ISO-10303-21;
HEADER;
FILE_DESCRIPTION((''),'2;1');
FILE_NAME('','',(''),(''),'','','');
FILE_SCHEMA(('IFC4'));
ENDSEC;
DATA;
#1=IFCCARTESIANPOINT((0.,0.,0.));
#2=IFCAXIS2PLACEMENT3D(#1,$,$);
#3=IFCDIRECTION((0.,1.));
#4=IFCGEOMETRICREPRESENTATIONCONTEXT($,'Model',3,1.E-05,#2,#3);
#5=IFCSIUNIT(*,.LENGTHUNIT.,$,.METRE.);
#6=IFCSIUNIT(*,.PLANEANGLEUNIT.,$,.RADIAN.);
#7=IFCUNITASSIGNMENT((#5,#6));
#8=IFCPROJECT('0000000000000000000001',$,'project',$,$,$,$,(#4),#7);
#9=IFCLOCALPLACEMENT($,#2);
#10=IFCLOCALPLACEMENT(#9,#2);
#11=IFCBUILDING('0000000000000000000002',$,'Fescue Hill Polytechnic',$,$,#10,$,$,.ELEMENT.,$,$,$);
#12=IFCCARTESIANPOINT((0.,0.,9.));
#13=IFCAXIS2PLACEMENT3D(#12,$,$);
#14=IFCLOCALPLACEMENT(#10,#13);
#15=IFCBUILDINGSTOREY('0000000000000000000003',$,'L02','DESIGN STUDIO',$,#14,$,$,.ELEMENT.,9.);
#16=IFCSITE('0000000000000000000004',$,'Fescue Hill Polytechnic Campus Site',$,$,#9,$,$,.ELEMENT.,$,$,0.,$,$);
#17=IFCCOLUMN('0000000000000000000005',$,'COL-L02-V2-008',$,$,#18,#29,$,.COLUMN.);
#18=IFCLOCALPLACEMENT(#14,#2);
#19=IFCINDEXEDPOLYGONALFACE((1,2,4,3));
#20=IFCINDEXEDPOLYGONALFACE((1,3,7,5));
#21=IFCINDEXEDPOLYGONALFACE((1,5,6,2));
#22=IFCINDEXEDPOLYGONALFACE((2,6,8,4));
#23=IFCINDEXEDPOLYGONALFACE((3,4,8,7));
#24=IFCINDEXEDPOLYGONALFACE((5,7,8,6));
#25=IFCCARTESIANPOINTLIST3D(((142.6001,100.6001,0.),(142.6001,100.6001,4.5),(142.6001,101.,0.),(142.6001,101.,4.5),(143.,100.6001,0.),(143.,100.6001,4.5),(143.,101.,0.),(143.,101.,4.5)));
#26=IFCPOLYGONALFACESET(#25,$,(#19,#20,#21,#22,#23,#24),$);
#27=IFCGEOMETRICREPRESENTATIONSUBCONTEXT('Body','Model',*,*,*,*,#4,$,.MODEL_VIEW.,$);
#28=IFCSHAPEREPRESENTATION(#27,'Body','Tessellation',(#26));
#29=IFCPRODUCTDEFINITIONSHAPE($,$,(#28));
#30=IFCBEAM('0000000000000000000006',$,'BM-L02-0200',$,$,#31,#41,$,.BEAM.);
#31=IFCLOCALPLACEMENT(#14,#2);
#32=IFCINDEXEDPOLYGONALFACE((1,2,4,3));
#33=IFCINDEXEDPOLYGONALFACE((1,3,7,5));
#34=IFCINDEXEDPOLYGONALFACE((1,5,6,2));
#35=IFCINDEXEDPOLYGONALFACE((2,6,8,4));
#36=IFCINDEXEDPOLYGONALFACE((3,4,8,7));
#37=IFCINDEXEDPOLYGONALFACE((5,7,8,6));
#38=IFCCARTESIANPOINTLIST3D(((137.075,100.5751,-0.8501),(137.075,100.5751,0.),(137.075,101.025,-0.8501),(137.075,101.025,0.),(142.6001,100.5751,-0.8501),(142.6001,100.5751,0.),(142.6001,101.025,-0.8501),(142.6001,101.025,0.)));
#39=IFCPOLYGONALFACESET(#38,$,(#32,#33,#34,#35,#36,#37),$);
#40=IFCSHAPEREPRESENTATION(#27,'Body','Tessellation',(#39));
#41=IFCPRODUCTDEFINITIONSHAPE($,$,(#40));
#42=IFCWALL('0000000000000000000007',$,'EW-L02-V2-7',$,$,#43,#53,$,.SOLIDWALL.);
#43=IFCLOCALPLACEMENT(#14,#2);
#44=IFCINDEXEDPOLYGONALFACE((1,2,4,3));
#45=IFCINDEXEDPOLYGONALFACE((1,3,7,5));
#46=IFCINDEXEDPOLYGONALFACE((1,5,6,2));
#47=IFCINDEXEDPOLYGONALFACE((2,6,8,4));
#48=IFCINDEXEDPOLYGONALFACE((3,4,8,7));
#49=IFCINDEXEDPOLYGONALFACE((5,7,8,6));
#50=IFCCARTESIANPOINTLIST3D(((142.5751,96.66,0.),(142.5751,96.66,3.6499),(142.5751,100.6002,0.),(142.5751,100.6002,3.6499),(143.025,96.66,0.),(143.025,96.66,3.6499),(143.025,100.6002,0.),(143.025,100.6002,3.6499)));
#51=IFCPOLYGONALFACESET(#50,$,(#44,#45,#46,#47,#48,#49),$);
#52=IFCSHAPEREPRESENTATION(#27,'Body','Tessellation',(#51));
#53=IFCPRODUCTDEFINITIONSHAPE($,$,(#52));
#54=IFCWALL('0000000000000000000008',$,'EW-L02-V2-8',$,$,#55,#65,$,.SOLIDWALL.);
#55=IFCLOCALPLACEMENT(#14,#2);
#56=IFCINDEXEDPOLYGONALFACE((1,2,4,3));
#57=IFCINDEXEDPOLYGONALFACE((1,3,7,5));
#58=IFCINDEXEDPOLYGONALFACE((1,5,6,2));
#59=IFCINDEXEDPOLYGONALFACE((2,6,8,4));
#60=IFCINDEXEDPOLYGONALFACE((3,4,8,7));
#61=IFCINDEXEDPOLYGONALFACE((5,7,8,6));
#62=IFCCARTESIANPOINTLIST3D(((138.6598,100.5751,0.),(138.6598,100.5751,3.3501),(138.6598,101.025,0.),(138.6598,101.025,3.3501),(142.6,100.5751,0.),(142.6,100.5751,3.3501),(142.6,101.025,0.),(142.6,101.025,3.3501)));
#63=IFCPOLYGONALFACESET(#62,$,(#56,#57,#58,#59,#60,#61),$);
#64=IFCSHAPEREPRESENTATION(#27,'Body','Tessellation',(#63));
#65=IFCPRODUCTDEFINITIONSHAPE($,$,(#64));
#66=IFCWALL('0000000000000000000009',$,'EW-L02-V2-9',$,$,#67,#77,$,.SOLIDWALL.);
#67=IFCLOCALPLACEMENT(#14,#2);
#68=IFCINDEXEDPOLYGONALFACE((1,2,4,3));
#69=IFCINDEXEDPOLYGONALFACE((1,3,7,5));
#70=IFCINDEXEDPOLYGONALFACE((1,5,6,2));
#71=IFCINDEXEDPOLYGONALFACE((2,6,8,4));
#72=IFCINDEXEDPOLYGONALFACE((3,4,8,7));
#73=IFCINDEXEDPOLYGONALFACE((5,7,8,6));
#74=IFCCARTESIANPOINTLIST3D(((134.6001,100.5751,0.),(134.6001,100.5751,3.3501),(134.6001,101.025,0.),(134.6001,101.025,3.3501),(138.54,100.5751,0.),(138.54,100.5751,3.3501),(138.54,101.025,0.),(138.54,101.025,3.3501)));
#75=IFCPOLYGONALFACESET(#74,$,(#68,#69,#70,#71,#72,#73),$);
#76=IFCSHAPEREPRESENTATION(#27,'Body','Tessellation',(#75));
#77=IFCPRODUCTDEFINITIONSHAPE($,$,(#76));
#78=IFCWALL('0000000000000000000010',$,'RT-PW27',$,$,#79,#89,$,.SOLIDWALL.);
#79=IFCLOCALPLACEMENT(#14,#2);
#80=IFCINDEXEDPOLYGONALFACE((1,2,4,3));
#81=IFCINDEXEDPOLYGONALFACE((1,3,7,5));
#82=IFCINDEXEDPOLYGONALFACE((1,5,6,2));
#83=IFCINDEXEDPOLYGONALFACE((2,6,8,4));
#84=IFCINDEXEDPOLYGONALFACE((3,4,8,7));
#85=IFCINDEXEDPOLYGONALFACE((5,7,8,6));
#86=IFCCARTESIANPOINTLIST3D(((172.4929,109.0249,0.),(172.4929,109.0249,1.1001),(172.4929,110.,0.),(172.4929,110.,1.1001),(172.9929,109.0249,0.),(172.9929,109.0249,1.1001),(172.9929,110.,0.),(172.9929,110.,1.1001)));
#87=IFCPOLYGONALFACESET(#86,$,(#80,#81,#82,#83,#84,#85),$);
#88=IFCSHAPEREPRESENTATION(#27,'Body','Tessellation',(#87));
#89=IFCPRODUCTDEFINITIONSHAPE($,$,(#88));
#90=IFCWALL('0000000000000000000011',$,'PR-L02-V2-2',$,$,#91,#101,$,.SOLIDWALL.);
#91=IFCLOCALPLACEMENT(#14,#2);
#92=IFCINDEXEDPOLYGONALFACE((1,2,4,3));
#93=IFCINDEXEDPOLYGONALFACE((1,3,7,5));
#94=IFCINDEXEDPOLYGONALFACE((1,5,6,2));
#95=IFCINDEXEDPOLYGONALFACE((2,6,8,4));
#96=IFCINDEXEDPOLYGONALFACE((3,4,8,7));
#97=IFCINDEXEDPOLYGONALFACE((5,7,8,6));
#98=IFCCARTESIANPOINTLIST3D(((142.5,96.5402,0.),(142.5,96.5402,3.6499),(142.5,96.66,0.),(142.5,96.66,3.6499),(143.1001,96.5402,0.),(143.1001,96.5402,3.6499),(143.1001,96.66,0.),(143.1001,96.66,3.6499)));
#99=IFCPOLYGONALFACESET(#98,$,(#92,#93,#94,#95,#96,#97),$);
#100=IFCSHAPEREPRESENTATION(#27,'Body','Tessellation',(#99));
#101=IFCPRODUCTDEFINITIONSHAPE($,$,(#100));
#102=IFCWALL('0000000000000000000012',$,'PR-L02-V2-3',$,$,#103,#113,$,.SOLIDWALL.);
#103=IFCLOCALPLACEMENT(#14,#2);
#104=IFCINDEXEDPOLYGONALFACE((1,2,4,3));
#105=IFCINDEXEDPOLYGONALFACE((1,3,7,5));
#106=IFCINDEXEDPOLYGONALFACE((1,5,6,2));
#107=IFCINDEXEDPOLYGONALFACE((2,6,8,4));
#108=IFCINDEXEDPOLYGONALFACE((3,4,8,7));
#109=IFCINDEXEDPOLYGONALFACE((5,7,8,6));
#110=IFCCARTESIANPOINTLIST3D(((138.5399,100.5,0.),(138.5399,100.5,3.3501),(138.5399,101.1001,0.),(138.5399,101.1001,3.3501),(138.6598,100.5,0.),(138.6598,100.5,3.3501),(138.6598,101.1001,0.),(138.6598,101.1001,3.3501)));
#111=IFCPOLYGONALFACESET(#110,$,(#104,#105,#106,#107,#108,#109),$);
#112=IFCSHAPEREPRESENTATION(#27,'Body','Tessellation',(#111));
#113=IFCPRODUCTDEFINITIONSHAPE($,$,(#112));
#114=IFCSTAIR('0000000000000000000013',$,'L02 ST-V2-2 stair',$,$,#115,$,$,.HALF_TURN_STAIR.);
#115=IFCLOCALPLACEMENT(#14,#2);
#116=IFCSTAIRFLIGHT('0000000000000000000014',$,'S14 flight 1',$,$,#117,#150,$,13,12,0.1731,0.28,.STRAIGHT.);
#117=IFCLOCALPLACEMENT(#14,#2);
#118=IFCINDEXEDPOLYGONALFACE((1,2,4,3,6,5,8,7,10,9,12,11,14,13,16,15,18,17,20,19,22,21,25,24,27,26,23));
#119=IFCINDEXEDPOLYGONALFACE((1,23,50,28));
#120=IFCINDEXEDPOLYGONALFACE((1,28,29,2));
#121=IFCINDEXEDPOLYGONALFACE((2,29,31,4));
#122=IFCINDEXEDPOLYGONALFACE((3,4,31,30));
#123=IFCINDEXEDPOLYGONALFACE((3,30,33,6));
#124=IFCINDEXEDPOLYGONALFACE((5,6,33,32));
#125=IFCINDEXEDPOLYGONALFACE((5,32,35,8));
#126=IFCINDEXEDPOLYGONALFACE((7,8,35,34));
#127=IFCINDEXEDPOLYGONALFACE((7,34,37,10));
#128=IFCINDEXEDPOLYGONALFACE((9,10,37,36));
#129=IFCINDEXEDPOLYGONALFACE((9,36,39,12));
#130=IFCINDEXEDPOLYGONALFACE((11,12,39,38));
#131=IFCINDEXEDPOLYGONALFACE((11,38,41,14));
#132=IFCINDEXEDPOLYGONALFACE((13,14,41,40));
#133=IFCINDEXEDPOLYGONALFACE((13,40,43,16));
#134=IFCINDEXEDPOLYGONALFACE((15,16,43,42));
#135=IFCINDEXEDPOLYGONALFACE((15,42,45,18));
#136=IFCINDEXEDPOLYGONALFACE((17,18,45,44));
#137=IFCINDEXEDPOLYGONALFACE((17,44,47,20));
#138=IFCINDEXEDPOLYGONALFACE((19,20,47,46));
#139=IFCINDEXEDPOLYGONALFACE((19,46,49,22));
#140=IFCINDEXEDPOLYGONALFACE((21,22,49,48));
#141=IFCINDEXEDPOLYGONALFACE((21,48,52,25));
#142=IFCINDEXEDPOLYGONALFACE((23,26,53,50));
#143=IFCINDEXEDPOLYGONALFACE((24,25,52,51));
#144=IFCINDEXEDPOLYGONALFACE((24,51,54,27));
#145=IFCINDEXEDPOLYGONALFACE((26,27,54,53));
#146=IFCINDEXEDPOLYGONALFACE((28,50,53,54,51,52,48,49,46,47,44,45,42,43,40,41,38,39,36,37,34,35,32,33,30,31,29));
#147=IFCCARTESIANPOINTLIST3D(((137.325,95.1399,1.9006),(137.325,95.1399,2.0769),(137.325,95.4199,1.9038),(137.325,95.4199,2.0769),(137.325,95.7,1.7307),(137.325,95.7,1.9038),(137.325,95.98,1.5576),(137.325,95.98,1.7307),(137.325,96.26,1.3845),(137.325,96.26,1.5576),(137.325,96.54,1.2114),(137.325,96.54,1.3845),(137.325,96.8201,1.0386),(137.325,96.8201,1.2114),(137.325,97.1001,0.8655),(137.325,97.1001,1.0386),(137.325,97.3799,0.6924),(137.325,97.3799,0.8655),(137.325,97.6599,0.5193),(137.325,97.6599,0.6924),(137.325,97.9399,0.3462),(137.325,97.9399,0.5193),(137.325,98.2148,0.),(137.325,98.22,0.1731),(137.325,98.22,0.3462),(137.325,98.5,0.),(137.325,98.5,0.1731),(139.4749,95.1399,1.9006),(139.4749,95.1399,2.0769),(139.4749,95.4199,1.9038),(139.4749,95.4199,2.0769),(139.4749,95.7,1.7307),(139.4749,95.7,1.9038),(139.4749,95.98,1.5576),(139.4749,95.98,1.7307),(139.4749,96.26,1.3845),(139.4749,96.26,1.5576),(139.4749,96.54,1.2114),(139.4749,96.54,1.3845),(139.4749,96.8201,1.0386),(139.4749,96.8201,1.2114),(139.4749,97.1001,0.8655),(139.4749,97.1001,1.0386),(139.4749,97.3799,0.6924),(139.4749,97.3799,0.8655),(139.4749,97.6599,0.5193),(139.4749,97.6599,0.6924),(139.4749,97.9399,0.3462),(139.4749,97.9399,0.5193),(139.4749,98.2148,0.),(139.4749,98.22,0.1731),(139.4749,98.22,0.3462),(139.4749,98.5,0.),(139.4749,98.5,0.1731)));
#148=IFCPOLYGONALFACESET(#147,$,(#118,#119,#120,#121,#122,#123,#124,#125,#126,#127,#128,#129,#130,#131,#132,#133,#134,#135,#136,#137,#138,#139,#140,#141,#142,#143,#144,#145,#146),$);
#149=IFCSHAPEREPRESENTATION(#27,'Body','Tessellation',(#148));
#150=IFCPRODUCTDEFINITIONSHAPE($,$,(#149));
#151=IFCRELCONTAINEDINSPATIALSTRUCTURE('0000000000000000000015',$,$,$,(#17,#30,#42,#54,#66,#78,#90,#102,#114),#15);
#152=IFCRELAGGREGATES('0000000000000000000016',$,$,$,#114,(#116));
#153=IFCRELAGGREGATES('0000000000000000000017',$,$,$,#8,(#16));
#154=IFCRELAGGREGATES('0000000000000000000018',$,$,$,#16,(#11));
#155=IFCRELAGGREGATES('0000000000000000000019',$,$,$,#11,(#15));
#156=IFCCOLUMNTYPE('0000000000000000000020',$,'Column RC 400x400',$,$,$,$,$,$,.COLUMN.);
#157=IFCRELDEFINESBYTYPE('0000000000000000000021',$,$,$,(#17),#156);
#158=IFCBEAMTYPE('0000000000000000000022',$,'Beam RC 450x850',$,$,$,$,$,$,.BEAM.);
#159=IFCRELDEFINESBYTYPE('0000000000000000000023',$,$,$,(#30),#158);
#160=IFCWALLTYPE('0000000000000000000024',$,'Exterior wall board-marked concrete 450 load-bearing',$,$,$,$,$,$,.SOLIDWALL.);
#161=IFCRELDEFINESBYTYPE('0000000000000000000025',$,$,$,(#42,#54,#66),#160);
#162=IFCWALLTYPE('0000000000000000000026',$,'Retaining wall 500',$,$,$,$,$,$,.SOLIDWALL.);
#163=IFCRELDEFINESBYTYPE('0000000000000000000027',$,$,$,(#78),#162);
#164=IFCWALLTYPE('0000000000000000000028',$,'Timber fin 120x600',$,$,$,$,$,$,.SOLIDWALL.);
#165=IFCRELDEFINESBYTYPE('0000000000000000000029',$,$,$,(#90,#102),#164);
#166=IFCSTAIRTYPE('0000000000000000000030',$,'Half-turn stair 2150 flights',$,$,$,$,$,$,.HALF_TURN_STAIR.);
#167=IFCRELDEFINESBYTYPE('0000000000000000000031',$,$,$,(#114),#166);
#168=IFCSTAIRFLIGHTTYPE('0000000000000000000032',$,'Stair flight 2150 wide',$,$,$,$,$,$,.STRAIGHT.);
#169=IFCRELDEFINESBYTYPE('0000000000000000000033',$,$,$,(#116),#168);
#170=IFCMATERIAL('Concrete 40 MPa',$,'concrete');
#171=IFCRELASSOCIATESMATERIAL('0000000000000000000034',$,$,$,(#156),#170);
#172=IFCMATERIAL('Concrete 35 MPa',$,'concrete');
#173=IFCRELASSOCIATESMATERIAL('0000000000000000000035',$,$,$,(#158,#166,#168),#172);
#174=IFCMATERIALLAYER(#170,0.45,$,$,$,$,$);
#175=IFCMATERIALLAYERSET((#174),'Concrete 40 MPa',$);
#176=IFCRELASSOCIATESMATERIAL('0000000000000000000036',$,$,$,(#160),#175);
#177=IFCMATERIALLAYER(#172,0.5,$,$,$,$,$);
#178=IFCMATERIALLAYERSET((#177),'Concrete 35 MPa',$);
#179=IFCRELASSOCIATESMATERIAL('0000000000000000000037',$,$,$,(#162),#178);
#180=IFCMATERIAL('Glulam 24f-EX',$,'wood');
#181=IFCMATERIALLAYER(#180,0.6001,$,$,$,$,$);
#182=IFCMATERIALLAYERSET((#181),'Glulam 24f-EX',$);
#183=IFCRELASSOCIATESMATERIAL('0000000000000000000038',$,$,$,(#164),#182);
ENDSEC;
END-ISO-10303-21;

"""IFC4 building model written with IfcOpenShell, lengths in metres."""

from ifc_helpers import new_model, si_unit, direction, frame, frame_2d, origin, origin_2d, place, context, subcontext, project, spatial, polyline, rectangle, outline, extrude, material, layer, layer_set, material_profile, profile_set, type_object, element, aggregate, save


model = new_model("IFC4")

# Units and contexts
model_context = context("Model", 3, precision=1e-05, world=origin(), true_north=direction((0.0, 1.0)))
body_context = subcontext(model_context, "Body", "Model", "MODEL_VIEW")
ifc_project = project(units=[si_unit("LENGTHUNIT", "METRE"), si_unit("PLANEANGLEUNIT", "RADIAN")], contexts=[model_context])

# Site, building, storey
site_placement = place(None, origin())
site = spatial("IfcSite", under=ifc_project, at=site_placement, Name="Fescue Hill Polytechnic Campus Site", CompositionType="ELEMENT", RefElevation=0.0)
building_placement = place(site_placement, origin())
building = spatial("IfcBuilding", under=site, at=building_placement, Name="Fescue Hill Polytechnic", CompositionType="ELEMENT")
storey_placement = place(building_placement, frame((0.0, 0.0, 9.0)))
storey = spatial("IfcBuildingStorey", under=building, at=storey_placement, Name="L02", Description="DESIGN STUDIO", CompositionType="ELEMENT", Elevation=9.0)

# Column
ifc_material_1 = material(Name="Concrete 40 MPa", Category="concrete")
ifc_material_profile_1 = material_profile(ifc_material_1, rectangle(XDim=0.3999, YDim=0.3999, at=origin_2d()), Name="RC 400x400")
ifc_profile_set_1 = profile_set([ifc_material_profile_1], Name="Concrete 40 MPa")
column_type = type_object("IfcColumnType", Name="Column RC 400x400", PredefinedType="COLUMN", material=ifc_profile_set_1)
column_placement = place(storey_placement, frame((142.8, 100.8, 0.0), z_axis=(0.0, 0.0, 1.0), x_axis=(1.0, 0.0, 0.0)))
element("IfcColumn", 1, at=column_placement, inside=storey, type_object=column_type, Name="COL-L02-V2-008", PredefinedType="COLUMN", context=body_context, shape_type="SweptSolid", body=[
    extrude(rectangle(XDim=0.3999, YDim=0.3999, at=origin_2d()), origin(), (0.0, 0.0, 1.0), 4.5),
])

# Beam
ifc_material_2 = material(Name="Concrete 35 MPa", Category="concrete")
ifc_material_profile_2 = material_profile(ifc_material_2, rectangle(XDim=0.45, YDim=0.8501, at=origin_2d()), Name="RC 450x850")
ifc_profile_set_2 = profile_set([ifc_material_profile_2], Name="Concrete 35 MPa")
beam_type = type_object("IfcBeamType", Name="Beam RC 450x850", PredefinedType="BEAM", material=ifc_profile_set_2)
beam_placement = place(storey_placement, frame((137.075, 100.8, -0.425), z_axis=(1.0, 0.0, 0.0), x_axis=(0.0, 1.0, 0.0)))
element("IfcBeam", 2, at=beam_placement, inside=storey, type_object=beam_type, Name="BM-L02-0200", PredefinedType="BEAM", context=body_context, shape_type="SweptSolid", body=[
    extrude(rectangle(XDim=0.45, YDim=0.8501, at=origin_2d()), origin(), (0.0, 0.0, 1.0), 5.5251),
])

# Walls
ifc_layer_1 = layer(ifc_material_1, 0.45)
ifc_layer_set_1 = layer_set([ifc_layer_1], Name="Concrete 40 MPa")
wall_type_1 = type_object("IfcWallType", Name="Exterior wall board-marked concrete 450 load-bearing", PredefinedType="SOLIDWALL", material=ifc_layer_set_1)
wall_1_placement = place(storey_placement, frame((142.8, 96.6599, 0.0), z_axis=(0.0, 0.0, 1.0), x_axis=(0.0, 1.0, 0.0)))
element("IfcWall", 3, at=wall_1_placement, inside=storey, type_object=wall_type_1, Name="EW-L02-V2-7", PredefinedType="SOLIDWALL", context=body_context, shape_type="SweptSolid", body=[
    extrude(rectangle(XDim=3.9402, YDim=0.45, at=frame_2d((1.9702, 0.0))), origin(), (0.0, 0.0, 1.0), 3.6499),
])
wall_2_placement = place(storey_placement, frame((142.6001, 100.8, 0.0), z_axis=(0.0, 0.0, 1.0), x_axis=(-1.0, 0.0, 0.0)))
element("IfcWall", 4, at=wall_2_placement, inside=storey, type_object=wall_type_1, Name="EW-L02-V2-8", PredefinedType="SOLIDWALL", context=body_context, shape_type="SweptSolid", body=[
    extrude(rectangle(XDim=3.9402, YDim=0.45, at=frame_2d((1.9702, 0.0))), origin(), (0.0, 0.0, 1.0), 3.3501),
])
wall_3_placement = place(storey_placement, frame((138.54, 100.8, 0.0), z_axis=(0.0, 0.0, 1.0), x_axis=(-1.0, 0.0, 0.0)))
element("IfcWall", 5, at=wall_3_placement, inside=storey, type_object=wall_type_1, Name="EW-L02-V2-9", PredefinedType="SOLIDWALL", context=body_context, shape_type="SweptSolid", body=[
    extrude(rectangle(XDim=3.9399, YDim=0.45, at=frame_2d((1.97, 0.0))), origin(), (0.0, 0.0, 1.0), 3.3501),
])
ifc_layer_2 = layer(ifc_material_2, 0.5)
ifc_layer_set_2 = layer_set([ifc_layer_2], Name="Concrete 35 MPa")
wall_type_2 = type_object("IfcWallType", Name="Retaining wall 500", PredefinedType="SOLIDWALL", material=ifc_layer_set_2)
wall_4_placement = place(storey_placement, frame((172.7429, 109.0249, 0.0), z_axis=(0.0, 0.0, 1.0), x_axis=(0.0, 1.0, 0.0)))
element("IfcWall", 6, at=wall_4_placement, inside=storey, type_object=wall_type_2, Name="RT-PW27", PredefinedType="SOLIDWALL", context=body_context, shape_type="SweptSolid", body=[
    extrude(rectangle(XDim=0.9751, YDim=0.5, at=frame_2d((0.4875, 0.0))), origin(), (0.0, 0.0, 1.0), 1.1001),
])
ifc_material_3 = material(Name="Glulam 24f-EX", Category="wood")
ifc_layer_3 = layer(ifc_material_3, 0.6001)
ifc_layer_set_3 = layer_set([ifc_layer_3], Name="Glulam 24f-EX")
wall_type_3 = type_object("IfcWallType", Name="Timber fin 120x600", PredefinedType="SOLIDWALL", material=ifc_layer_set_3)
wall_5_placement = place(storey_placement, frame((142.8, 96.54, 0.0), z_axis=(0.0, 0.0, 1.0), x_axis=(0.0, 1.0, 0.0)))
element("IfcWall", 7, at=wall_5_placement, inside=storey, type_object=wall_type_3, Name="PR-L02-V2-2", PredefinedType="SOLIDWALL", context=body_context, shape_type="SweptSolid", body=[
    extrude(rectangle(XDim=0.1199, YDim=0.6001, at=frame_2d((0.0601, 0.0))), origin(), (0.0, 0.0, 1.0), 3.6499),
])
wall_6_placement = place(storey_placement, frame((138.6599, 100.8, 0.0), z_axis=(0.0, 0.0, 1.0), x_axis=(-1.0, 0.0, 0.0)))
element("IfcWall", 8, at=wall_6_placement, inside=storey, type_object=wall_type_3, Name="PR-L02-V2-3", PredefinedType="SOLIDWALL", context=body_context, shape_type="SweptSolid", body=[
    extrude(rectangle(XDim=0.1199, YDim=0.6001, at=frame_2d((0.0601, 0.0))), origin(), (0.0, 0.0, 1.0), 3.3501),
])

# Stair, stair flight
stair_type = type_object("IfcStairType", Name="Half-turn stair 2150 flights", PredefinedType="HALF_TURN_STAIR", material=ifc_material_2)
stair_placement = place(storey_placement, origin())
stair = element("IfcStair", 9, at=stair_placement, inside=storey, type_object=stair_type, Name="L02 ST-V2-2 stair", PredefinedType="HALF_TURN_STAIR")
stair_flight_type = type_object("IfcStairFlightType", Name="Stair flight 2150 wide", PredefinedType="STRAIGHT", material=ifc_material_2)
stair_flight_1_placement = place(storey_placement, frame((138.3999, 98.5, 0.0), z_axis=(0.0, 0.0, 1.0), x_axis=(0.0, -1.0, 0.0)))
stair_flight_1 = element("IfcStairFlight", 10, at=stair_flight_1_placement, type_object=stair_flight_type, Name="S14 flight 1", NumberOfRisers=13, NumberOfTreads=12, PredefinedType="STRAIGHT", RiserHeight=0.1731, TreadLength=0.28, context=body_context, shape_type="SweptSolid", body=[
    extrude(outline(polyline([(0.0, 0.0), (0.0, 0.1731), (0.28, 0.1731), (0.28, 0.3462), (0.5601, 0.3462), (0.5601, 0.5193), (0.8401, 0.5193), (0.8401, 0.6924), (1.1201, 0.6924), (1.1201, 0.8655), (1.3999, 0.8655), (1.3999, 1.0386), (1.6799, 1.0386), (1.6799, 1.2114), (1.96, 1.2114), (1.96, 1.3845), (2.24, 1.3845), (2.24, 1.5576), (2.52, 1.5576), (2.52, 1.7307), (2.8, 1.7307), (2.8, 1.9038), (3.0801, 1.9038), (3.0801, 2.0769), (3.3601, 2.0769), (3.3601, 2.25), (3.3601, 1.9006), (0.2852, 0.0), (0.0, 0.0)])), frame((0.0, 1.075, 0.0), z_axis=(0.0, -1.0, 0.0), x_axis=(1.0, 0.0, 0.0)), (0.0, 0.0, 1.0), 2.1499),
])
aggregate(stair, [stair_flight_1])

save(model, "model.ifc")
